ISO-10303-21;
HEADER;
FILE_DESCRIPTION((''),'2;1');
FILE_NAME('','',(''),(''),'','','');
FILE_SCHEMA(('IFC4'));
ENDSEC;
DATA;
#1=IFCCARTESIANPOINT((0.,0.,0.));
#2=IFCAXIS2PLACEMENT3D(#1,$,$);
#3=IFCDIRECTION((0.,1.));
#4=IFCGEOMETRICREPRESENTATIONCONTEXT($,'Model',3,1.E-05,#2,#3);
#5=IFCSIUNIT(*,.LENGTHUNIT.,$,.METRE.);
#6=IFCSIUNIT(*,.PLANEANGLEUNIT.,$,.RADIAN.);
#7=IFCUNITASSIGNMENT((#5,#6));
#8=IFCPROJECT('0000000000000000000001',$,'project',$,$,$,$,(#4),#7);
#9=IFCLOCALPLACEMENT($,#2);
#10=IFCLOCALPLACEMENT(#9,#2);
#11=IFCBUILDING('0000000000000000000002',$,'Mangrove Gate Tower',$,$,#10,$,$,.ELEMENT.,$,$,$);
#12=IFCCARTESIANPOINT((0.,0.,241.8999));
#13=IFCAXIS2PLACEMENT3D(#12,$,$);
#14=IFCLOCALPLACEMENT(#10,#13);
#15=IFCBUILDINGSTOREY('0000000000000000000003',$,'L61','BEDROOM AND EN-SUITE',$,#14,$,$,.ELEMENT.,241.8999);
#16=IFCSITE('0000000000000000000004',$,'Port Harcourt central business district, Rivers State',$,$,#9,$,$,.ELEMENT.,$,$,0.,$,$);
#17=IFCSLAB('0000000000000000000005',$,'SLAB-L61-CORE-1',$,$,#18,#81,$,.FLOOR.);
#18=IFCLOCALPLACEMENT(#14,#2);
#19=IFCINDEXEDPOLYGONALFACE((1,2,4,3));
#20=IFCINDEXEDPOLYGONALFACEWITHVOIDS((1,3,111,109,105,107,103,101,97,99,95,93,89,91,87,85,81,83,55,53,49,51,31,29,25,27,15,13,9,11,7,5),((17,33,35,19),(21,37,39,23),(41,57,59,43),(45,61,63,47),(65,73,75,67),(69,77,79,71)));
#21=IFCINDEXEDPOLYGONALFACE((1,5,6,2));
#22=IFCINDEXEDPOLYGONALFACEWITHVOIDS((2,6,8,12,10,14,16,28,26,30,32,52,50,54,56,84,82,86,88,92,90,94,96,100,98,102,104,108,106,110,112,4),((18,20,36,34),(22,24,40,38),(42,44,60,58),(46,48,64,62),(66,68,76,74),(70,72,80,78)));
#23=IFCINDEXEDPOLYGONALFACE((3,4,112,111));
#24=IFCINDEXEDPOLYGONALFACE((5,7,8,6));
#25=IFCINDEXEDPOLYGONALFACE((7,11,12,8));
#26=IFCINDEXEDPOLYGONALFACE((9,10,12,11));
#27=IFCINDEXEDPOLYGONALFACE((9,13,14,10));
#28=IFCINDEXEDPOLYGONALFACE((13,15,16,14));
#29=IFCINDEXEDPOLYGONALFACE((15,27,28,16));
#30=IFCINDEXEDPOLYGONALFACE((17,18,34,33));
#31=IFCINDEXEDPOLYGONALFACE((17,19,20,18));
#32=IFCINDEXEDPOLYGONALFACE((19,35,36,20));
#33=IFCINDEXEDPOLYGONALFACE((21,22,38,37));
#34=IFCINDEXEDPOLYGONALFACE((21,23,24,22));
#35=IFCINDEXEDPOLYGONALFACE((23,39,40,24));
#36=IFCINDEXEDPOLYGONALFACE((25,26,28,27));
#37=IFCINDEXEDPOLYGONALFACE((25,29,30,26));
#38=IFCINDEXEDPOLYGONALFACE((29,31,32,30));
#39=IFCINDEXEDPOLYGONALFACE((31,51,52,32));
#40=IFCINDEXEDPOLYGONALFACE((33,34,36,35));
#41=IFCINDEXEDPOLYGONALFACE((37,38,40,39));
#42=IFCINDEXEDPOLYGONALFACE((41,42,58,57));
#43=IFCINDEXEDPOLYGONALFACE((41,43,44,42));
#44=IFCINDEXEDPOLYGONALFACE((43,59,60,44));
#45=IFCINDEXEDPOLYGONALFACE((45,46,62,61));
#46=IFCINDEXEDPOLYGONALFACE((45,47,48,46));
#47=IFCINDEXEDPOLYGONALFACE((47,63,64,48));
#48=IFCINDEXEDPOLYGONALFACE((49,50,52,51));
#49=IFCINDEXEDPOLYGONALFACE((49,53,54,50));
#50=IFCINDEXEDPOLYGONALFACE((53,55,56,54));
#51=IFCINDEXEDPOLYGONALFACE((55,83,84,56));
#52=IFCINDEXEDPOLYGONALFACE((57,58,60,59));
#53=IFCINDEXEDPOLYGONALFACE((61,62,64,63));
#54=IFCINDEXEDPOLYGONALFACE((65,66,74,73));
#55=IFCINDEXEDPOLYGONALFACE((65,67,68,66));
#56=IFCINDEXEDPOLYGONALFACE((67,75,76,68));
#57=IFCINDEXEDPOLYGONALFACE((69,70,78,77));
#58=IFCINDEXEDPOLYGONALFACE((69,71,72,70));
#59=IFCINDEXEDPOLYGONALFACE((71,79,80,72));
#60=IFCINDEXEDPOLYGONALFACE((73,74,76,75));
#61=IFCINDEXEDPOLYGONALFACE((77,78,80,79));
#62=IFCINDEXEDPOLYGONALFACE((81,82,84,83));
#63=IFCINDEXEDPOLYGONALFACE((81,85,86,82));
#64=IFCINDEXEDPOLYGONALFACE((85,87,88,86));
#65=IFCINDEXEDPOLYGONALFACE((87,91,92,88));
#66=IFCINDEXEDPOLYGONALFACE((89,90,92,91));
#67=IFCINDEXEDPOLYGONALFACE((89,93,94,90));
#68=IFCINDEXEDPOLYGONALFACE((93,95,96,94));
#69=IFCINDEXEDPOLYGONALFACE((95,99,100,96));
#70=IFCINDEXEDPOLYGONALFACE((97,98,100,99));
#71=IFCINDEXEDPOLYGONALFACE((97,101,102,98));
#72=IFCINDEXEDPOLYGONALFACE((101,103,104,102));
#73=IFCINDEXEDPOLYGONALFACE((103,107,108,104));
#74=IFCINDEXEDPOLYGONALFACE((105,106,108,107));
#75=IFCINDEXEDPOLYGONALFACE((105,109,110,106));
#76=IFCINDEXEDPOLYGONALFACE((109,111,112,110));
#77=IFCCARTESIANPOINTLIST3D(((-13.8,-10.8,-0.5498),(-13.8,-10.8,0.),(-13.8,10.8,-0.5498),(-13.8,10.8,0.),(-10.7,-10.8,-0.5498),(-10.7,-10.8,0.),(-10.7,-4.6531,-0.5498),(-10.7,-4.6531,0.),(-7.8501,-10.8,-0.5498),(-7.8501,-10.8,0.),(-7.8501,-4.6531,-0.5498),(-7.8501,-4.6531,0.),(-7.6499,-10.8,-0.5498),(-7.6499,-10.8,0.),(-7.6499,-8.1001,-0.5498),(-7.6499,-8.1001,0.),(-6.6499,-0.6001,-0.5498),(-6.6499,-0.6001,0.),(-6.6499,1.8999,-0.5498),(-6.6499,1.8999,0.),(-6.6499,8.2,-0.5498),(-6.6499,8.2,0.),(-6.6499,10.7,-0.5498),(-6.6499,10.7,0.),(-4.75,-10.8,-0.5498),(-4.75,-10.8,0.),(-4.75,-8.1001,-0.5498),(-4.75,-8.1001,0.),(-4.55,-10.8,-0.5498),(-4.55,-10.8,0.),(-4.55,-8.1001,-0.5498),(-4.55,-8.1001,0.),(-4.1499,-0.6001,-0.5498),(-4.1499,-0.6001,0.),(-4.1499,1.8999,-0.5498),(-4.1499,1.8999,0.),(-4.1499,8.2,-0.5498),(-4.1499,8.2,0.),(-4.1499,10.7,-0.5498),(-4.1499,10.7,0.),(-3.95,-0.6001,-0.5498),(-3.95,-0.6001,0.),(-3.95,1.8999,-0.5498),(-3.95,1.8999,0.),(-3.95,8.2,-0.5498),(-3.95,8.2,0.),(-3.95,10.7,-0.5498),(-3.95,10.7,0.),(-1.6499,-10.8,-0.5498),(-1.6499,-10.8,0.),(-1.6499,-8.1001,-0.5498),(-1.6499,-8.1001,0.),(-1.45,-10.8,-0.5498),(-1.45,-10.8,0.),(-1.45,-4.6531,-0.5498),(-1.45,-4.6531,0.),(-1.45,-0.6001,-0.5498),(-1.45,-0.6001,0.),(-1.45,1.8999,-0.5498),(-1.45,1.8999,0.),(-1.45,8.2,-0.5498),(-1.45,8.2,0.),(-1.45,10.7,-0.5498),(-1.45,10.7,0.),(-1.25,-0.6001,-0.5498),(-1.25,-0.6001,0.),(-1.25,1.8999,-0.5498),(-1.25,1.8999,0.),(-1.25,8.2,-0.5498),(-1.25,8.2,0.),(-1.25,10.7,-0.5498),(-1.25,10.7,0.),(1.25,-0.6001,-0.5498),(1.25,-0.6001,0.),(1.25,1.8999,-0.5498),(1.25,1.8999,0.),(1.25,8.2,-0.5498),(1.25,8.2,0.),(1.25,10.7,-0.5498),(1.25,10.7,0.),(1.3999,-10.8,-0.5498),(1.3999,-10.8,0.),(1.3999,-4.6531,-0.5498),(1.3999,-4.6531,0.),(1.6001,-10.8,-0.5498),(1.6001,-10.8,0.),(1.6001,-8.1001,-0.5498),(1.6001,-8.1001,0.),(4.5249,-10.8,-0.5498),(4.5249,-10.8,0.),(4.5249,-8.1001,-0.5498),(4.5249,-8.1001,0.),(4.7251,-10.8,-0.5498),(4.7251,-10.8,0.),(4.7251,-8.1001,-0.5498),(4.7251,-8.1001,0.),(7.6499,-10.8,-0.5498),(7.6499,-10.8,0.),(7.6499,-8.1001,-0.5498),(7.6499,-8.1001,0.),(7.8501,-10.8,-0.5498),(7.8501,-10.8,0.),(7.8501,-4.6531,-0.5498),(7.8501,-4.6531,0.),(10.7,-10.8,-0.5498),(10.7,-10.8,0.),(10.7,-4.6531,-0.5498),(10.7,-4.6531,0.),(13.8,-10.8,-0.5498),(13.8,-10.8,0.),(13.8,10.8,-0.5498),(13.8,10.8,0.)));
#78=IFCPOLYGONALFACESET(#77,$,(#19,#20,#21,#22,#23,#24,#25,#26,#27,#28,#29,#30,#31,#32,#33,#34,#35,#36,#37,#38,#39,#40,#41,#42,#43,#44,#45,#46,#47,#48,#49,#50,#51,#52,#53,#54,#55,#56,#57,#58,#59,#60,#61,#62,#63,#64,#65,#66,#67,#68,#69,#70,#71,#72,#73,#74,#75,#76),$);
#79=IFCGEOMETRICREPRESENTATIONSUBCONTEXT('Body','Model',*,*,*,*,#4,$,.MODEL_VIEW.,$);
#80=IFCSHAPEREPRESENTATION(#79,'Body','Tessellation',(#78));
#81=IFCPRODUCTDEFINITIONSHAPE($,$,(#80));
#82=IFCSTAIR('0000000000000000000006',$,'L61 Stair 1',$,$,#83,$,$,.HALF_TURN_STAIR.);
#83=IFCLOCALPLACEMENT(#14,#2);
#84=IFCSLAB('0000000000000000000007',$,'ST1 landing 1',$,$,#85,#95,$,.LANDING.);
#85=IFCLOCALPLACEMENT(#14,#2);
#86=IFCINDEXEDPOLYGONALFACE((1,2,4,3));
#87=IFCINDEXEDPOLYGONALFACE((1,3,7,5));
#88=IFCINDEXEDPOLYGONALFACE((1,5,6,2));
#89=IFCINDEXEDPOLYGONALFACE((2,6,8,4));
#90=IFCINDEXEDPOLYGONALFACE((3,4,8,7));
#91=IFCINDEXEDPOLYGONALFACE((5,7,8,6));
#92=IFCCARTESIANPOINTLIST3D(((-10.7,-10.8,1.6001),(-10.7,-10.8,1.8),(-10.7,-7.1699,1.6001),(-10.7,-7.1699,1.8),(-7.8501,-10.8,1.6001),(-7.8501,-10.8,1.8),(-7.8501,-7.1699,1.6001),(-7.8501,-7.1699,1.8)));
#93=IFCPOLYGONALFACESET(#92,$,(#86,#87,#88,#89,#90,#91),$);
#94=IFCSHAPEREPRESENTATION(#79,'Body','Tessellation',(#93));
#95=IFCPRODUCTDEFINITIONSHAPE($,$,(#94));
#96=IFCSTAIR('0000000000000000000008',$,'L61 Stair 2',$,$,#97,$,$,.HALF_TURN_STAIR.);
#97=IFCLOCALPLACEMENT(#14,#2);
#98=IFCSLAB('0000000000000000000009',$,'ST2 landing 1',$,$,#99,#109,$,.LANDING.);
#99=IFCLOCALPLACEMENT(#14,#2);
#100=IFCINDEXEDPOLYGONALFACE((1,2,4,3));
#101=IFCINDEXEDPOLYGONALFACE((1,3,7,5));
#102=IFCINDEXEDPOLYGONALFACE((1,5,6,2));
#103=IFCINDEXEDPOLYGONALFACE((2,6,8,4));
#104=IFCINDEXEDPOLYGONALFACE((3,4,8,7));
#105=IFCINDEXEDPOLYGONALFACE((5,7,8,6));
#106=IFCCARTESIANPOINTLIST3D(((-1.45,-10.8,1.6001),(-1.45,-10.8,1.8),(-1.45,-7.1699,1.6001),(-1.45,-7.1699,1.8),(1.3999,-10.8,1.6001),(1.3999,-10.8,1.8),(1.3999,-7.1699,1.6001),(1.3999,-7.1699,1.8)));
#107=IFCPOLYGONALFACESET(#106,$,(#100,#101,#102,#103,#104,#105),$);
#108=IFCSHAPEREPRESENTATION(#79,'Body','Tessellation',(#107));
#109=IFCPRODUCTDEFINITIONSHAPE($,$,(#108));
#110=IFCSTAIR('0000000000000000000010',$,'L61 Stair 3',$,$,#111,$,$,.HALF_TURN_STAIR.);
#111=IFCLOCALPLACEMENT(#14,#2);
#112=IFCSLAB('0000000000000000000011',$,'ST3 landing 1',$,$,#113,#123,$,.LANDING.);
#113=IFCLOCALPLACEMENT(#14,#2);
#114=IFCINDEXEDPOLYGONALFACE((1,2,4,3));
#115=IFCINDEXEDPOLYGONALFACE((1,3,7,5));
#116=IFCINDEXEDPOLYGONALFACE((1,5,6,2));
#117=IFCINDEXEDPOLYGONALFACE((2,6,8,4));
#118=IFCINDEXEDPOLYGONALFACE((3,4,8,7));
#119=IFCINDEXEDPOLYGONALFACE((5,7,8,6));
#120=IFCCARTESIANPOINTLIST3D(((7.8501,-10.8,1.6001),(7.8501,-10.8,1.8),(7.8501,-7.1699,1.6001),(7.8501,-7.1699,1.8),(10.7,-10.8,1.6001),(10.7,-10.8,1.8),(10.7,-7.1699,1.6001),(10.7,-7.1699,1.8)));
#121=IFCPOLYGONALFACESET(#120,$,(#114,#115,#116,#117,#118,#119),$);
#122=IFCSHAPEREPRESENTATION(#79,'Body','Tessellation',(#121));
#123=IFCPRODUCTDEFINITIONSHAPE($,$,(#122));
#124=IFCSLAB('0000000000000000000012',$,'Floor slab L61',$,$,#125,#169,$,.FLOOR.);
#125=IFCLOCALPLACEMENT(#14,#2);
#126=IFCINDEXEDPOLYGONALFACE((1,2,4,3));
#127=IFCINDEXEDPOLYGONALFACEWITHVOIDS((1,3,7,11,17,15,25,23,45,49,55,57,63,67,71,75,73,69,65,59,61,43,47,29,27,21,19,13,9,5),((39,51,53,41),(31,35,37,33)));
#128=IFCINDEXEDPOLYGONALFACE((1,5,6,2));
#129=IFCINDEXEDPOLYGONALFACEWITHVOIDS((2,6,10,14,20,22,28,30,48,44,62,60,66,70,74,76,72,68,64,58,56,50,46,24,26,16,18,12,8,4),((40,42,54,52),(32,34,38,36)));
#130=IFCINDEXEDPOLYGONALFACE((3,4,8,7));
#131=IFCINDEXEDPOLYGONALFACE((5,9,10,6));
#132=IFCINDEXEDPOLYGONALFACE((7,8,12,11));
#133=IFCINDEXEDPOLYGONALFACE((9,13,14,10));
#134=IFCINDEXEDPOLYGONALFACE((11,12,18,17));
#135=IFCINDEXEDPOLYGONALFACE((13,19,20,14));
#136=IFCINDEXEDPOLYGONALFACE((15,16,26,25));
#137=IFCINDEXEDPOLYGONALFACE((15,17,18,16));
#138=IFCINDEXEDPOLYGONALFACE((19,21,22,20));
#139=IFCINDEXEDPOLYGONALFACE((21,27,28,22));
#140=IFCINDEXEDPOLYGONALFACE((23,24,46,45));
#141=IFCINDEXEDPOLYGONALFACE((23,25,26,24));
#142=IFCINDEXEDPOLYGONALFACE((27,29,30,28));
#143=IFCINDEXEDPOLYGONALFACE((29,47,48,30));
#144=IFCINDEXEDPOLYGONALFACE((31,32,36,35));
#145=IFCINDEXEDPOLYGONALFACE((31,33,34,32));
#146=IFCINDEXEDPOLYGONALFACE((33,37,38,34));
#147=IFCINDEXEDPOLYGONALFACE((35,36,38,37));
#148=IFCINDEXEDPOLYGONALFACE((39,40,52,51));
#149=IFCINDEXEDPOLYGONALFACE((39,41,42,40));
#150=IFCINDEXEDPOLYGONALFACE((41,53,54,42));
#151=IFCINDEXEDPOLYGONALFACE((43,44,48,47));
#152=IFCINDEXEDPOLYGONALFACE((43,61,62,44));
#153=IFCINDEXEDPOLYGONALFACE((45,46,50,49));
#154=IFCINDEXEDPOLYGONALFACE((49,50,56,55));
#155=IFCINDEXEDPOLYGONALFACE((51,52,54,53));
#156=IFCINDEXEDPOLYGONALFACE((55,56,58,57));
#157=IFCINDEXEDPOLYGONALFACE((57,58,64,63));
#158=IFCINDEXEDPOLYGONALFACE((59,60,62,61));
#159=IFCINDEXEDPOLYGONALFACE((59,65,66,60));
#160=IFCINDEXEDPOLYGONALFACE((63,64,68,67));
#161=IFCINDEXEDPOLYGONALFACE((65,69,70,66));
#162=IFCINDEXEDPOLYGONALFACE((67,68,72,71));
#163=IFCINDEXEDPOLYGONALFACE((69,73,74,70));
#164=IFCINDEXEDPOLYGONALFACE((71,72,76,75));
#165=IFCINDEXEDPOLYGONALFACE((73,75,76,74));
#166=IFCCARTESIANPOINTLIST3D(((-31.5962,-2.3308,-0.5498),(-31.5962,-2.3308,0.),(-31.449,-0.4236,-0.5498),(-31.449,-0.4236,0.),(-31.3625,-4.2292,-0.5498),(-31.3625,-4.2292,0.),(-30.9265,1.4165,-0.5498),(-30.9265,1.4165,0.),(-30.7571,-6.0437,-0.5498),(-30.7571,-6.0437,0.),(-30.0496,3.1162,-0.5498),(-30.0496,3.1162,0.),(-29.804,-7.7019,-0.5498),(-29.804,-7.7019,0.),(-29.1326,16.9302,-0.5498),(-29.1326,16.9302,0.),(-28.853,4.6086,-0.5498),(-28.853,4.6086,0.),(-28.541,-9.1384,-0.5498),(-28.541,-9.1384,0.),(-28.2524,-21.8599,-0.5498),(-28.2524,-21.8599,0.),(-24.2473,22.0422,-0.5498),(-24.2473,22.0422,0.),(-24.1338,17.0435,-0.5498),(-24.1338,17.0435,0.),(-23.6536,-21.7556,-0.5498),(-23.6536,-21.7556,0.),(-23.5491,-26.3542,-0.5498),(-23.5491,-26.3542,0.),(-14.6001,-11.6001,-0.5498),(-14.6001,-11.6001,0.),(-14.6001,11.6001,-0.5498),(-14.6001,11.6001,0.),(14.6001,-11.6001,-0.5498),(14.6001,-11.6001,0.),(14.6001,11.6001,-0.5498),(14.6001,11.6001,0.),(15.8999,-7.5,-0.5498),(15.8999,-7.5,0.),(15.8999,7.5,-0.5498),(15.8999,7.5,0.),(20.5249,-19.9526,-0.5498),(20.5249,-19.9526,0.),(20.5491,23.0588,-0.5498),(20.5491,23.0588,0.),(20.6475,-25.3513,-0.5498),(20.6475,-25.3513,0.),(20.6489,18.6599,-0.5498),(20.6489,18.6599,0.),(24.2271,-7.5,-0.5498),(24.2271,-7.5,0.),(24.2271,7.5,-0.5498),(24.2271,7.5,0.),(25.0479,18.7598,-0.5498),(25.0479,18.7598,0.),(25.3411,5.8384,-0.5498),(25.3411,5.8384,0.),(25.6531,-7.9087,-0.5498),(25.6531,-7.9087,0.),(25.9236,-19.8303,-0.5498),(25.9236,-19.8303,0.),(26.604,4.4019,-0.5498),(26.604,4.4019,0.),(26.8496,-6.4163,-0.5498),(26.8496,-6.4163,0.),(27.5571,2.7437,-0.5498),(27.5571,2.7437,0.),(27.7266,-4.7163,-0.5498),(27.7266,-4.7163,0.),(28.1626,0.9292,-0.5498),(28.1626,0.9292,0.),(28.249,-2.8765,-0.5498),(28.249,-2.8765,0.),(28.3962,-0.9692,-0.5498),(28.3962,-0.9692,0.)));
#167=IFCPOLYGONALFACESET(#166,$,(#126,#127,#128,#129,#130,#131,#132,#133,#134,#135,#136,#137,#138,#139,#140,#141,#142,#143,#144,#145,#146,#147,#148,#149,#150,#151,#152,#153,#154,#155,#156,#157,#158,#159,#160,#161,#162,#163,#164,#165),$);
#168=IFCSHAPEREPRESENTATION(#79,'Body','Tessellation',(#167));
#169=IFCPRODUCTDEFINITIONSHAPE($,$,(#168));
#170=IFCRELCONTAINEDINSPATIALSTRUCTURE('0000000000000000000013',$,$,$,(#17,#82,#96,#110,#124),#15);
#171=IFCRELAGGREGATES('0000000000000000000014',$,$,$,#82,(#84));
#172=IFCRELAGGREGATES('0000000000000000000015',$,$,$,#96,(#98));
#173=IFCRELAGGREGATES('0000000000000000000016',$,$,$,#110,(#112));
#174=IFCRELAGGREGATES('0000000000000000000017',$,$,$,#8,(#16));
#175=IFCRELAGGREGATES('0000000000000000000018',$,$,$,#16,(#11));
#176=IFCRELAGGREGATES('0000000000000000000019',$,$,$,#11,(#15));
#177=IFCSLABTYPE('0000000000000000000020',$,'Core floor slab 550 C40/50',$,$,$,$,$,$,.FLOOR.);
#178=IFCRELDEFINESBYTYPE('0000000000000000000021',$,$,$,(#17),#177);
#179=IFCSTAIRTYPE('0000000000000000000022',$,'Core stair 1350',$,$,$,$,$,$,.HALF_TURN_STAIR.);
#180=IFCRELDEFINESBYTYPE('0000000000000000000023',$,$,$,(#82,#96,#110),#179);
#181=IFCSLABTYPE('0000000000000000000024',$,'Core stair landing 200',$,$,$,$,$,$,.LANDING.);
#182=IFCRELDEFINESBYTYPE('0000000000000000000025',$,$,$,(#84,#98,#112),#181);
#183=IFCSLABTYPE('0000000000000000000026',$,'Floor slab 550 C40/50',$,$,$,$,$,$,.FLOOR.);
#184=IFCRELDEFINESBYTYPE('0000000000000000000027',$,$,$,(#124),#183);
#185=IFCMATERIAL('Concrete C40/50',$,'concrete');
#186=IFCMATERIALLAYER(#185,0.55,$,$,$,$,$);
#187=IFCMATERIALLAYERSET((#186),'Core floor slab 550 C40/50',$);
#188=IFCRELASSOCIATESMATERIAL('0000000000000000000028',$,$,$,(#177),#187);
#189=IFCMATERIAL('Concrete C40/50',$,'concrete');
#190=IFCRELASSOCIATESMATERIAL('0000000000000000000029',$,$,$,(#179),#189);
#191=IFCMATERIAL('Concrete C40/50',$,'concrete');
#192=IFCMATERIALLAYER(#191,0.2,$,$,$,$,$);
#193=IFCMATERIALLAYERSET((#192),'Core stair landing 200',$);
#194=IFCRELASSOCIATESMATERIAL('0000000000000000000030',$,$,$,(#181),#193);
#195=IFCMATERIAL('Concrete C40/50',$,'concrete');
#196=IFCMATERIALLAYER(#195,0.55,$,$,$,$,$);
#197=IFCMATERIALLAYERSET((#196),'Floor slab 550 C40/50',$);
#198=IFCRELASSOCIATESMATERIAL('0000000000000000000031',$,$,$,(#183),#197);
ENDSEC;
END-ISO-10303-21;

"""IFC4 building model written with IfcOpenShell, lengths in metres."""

from ifc_helpers import new_model, si_unit, direction, frame, origin, place, context, subcontext, project, spatial, polyline, outline, extrude, material, layer, layer_set, type_object, element, aggregate, save


model = new_model("IFC4")

# Units and contexts
model_context = context("Model", 3, precision=1e-05, world=origin(), true_north=direction((0.0, 1.0)))
body_context = subcontext(model_context, "Body", "Model", "MODEL_VIEW")
ifc_project = project(units=[si_unit("LENGTHUNIT", "METRE"), si_unit("PLANEANGLEUNIT", "RADIAN")], contexts=[model_context])

# Site, building, storey
site_placement = place(None, origin())
site = spatial("IfcSite", under=ifc_project, at=site_placement, Name="Port Harcourt central business district, Rivers State", CompositionType="ELEMENT", RefElevation=0.0)
building_placement = place(site_placement, origin())
building = spatial("IfcBuilding", under=site, at=building_placement, Name="Mangrove Gate Tower", CompositionType="ELEMENT")
storey_placement = place(building_placement, frame((0.0, 0.0, 241.8999)))
storey = spatial("IfcBuildingStorey", under=building, at=storey_placement, Name="L61", Description="BEDROOM AND EN-SUITE", CompositionType="ELEMENT", Elevation=241.8999)

# Slab
ifc_material_1 = material(Name="Concrete C40/50", Category="concrete")
ifc_layer_1 = layer(ifc_material_1, 0.55)
ifc_layer_set_1 = layer_set([ifc_layer_1], Name="Core floor slab 550 C40/50")
slab_type_1 = type_object("IfcSlabType", Name="Core floor slab 550 C40/50", PredefinedType="FLOOR", material=ifc_layer_set_1)
slab_1_placement = place(storey_placement, frame((0.0, 0.0, -0.5498)))
element("IfcSlab", 1, at=slab_1_placement, inside=storey, type_object=slab_type_1, Name="SLAB-L61-CORE-1", PredefinedType="FLOOR", context=body_context, shape_type="SweptSolid", body=[
    extrude(outline(polyline([(-13.8, -10.8), (-13.8, 10.8), (13.8, 10.8), (13.8, -10.8), (10.7, -10.8), (10.7, -4.6531), (7.8501, -4.6531), (7.8501, -10.8), (7.6499, -10.8), (7.6499, -8.1001), (4.7251, -8.1001), (4.7251, -10.8), (4.5249, -10.8), (4.5249, -8.1001), (1.6001, -8.1001), (1.6001, -10.8), (1.3999, -10.8), (1.3999, -4.6531), (-1.45, -4.6531), (-1.45, -10.8), (-1.6499, -10.8), (-1.6499, -8.1001), (-4.55, -8.1001), (-4.55, -10.8), (-4.75, -10.8), (-4.75, -8.1001), (-7.6499, -8.1001), (-7.6499, -10.8), (-7.8501, -10.8), (-7.8501, -4.6531), (-10.7, -4.6531), (-10.7, -10.8), (-13.8, -10.8)]), holes=[polyline([(-4.1499, 1.8999), (-6.6499, 1.8999), (-6.6499, -0.6001), (-4.1499, -0.6001), (-4.1499, 1.8999)]), polyline([(-1.45, -0.6001), (-1.45, 1.8999), (-3.95, 1.8999), (-3.95, -0.6001), (-1.45, -0.6001)]), polyline([(-4.1499, 8.2), (-4.1499, 10.7), (-6.6499, 10.7), (-6.6499, 8.2), (-4.1499, 8.2)]), polyline([(-1.45, 10.7), (-3.95, 10.7), (-3.95, 8.2), (-1.45, 8.2), (-1.45, 10.7)]), polyline([(1.25, -0.6001), (1.25, 1.8999), (-1.25, 1.8999), (-1.25, -0.6001), (1.25, -0.6001)]), polyline([(1.25, 8.2), (1.25, 10.7), (-1.25, 10.7), (-1.25, 8.2), (1.25, 8.2)])]), origin(), (0.0, 0.0, 1.0), 0.5498),
])

# Stairs, slabs
ifc_material_2 = material(Name="Concrete C40/50", Category="concrete")
stair_type = type_object("IfcStairType", Name="Core stair 1350", PredefinedType="HALF_TURN_STAIR", material=ifc_material_2)
stair_1_placement = place(storey_placement, origin())
stair_1 = element("IfcStair", 2, at=stair_1_placement, inside=storey, type_object=stair_type, Name="L61 Stair 1", PredefinedType="HALF_TURN_STAIR")
ifc_material_3 = material(Name="Concrete C40/50", Category="concrete")
ifc_layer_2 = layer(ifc_material_3, 0.2)
ifc_layer_set_2 = layer_set([ifc_layer_2], Name="Core stair landing 200")
slab_type_2 = type_object("IfcSlabType", Name="Core stair landing 200", PredefinedType="LANDING", material=ifc_layer_set_2)
slab_2_placement = place(storey_placement, frame((0.0, 0.0, 1.6001)))
slab_2 = element("IfcSlab", 3, at=slab_2_placement, type_object=slab_type_2, Name="ST1 landing 1", PredefinedType="LANDING", context=body_context, shape_type="SweptSolid", body=[
    extrude(outline(polyline([(-10.7, -7.1699), (-10.7, -10.8), (-7.8501, -10.8), (-7.8501, -7.1699), (-10.7, -7.1699)])), origin(), (0.0, 0.0, 1.0), 0.2),
])
aggregate(stair_1, [slab_2])
stair_2_placement = place(storey_placement, origin())
stair_2 = element("IfcStair", 4, at=stair_2_placement, inside=storey, type_object=stair_type, Name="L61 Stair 2", PredefinedType="HALF_TURN_STAIR")
slab_3_placement = place(storey_placement, frame((0.0, 0.0, 1.6001)))
slab_3 = element("IfcSlab", 5, at=slab_3_placement, type_object=slab_type_2, Name="ST2 landing 1", PredefinedType="LANDING", context=body_context, shape_type="SweptSolid", body=[
    extrude(outline(polyline([(-1.45, -7.1699), (-1.45, -10.8), (1.3999, -10.8), (1.3999, -7.1699), (-1.45, -7.1699)])), origin(), (0.0, 0.0, 1.0), 0.2),
])
aggregate(stair_2, [slab_3])
stair_3_placement = place(storey_placement, origin())
stair_3 = element("IfcStair", 6, at=stair_3_placement, inside=storey, type_object=stair_type, Name="L61 Stair 3", PredefinedType="HALF_TURN_STAIR")
slab_4_placement = place(storey_placement, frame((0.0, 0.0, 1.6001)))
slab_4 = element("IfcSlab", 7, at=slab_4_placement, type_object=slab_type_2, Name="ST3 landing 1", PredefinedType="LANDING", context=body_context, shape_type="SweptSolid", body=[
    extrude(outline(polyline([(7.8501, -7.1699), (7.8501, -10.8), (10.7, -10.8), (10.7, -7.1699), (7.8501, -7.1699)])), origin(), (0.0, 0.0, 1.0), 0.2),
])
aggregate(stair_3, [slab_4])

# Slab
ifc_material_4 = material(Name="Concrete C40/50", Category="concrete")
ifc_layer_3 = layer(ifc_material_4, 0.55)
ifc_layer_set_3 = layer_set([ifc_layer_3], Name="Floor slab 550 C40/50")
slab_type_3 = type_object("IfcSlabType", Name="Floor slab 550 C40/50", PredefinedType="FLOOR", material=ifc_layer_set_3)
slab_5_placement = place(storey_placement, frame((0.0, 0.0, -0.5498)))
element("IfcSlab", 8, at=slab_5_placement, inside=storey, type_object=slab_type_3, Name="Floor slab L61", PredefinedType="FLOOR", context=body_context, shape_type="SweptSolid", body=[
    extrude(outline(polyline([(-23.5491, -26.3542), (20.6475, -25.3513), (20.5249, -19.9526), (25.9236, -19.8303), (25.6531, -7.9087), (26.8496, -6.4163), (27.7266, -4.7163), (28.249, -2.8765), (28.3962, -0.9692), (28.1626, 0.9292), (27.5571, 2.7437), (26.604, 4.4019), (25.3411, 5.8384), (25.0479, 18.7598), (20.6489, 18.6599), (20.5491, 23.0588), (-24.2473, 22.0422), (-24.1338, 17.0435), (-29.1326, 16.9302), (-28.853, 4.6086), (-30.0496, 3.1162), (-30.9265, 1.4165), (-31.449, -0.4236), (-31.5962, -2.3308), (-31.3625, -4.2292), (-30.7571, -6.0437), (-29.804, -7.7019), (-28.541, -9.1384), (-28.2524, -21.8599), (-23.6536, -21.7556), (-23.5491, -26.3542)]), holes=[polyline([(15.8999, 7.5), (24.2271, 7.5), (24.2271, -7.5), (15.8999, -7.5), (15.8999, 7.5)]), polyline([(-14.6001, -11.6001), (-14.6001, 11.6001), (14.6001, 11.6001), (14.6001, -11.6001), (-14.6001, -11.6001)])]), origin(), (0.0, 0.0, 1.0), 0.5498),
])

save(model, "model.ifc")
